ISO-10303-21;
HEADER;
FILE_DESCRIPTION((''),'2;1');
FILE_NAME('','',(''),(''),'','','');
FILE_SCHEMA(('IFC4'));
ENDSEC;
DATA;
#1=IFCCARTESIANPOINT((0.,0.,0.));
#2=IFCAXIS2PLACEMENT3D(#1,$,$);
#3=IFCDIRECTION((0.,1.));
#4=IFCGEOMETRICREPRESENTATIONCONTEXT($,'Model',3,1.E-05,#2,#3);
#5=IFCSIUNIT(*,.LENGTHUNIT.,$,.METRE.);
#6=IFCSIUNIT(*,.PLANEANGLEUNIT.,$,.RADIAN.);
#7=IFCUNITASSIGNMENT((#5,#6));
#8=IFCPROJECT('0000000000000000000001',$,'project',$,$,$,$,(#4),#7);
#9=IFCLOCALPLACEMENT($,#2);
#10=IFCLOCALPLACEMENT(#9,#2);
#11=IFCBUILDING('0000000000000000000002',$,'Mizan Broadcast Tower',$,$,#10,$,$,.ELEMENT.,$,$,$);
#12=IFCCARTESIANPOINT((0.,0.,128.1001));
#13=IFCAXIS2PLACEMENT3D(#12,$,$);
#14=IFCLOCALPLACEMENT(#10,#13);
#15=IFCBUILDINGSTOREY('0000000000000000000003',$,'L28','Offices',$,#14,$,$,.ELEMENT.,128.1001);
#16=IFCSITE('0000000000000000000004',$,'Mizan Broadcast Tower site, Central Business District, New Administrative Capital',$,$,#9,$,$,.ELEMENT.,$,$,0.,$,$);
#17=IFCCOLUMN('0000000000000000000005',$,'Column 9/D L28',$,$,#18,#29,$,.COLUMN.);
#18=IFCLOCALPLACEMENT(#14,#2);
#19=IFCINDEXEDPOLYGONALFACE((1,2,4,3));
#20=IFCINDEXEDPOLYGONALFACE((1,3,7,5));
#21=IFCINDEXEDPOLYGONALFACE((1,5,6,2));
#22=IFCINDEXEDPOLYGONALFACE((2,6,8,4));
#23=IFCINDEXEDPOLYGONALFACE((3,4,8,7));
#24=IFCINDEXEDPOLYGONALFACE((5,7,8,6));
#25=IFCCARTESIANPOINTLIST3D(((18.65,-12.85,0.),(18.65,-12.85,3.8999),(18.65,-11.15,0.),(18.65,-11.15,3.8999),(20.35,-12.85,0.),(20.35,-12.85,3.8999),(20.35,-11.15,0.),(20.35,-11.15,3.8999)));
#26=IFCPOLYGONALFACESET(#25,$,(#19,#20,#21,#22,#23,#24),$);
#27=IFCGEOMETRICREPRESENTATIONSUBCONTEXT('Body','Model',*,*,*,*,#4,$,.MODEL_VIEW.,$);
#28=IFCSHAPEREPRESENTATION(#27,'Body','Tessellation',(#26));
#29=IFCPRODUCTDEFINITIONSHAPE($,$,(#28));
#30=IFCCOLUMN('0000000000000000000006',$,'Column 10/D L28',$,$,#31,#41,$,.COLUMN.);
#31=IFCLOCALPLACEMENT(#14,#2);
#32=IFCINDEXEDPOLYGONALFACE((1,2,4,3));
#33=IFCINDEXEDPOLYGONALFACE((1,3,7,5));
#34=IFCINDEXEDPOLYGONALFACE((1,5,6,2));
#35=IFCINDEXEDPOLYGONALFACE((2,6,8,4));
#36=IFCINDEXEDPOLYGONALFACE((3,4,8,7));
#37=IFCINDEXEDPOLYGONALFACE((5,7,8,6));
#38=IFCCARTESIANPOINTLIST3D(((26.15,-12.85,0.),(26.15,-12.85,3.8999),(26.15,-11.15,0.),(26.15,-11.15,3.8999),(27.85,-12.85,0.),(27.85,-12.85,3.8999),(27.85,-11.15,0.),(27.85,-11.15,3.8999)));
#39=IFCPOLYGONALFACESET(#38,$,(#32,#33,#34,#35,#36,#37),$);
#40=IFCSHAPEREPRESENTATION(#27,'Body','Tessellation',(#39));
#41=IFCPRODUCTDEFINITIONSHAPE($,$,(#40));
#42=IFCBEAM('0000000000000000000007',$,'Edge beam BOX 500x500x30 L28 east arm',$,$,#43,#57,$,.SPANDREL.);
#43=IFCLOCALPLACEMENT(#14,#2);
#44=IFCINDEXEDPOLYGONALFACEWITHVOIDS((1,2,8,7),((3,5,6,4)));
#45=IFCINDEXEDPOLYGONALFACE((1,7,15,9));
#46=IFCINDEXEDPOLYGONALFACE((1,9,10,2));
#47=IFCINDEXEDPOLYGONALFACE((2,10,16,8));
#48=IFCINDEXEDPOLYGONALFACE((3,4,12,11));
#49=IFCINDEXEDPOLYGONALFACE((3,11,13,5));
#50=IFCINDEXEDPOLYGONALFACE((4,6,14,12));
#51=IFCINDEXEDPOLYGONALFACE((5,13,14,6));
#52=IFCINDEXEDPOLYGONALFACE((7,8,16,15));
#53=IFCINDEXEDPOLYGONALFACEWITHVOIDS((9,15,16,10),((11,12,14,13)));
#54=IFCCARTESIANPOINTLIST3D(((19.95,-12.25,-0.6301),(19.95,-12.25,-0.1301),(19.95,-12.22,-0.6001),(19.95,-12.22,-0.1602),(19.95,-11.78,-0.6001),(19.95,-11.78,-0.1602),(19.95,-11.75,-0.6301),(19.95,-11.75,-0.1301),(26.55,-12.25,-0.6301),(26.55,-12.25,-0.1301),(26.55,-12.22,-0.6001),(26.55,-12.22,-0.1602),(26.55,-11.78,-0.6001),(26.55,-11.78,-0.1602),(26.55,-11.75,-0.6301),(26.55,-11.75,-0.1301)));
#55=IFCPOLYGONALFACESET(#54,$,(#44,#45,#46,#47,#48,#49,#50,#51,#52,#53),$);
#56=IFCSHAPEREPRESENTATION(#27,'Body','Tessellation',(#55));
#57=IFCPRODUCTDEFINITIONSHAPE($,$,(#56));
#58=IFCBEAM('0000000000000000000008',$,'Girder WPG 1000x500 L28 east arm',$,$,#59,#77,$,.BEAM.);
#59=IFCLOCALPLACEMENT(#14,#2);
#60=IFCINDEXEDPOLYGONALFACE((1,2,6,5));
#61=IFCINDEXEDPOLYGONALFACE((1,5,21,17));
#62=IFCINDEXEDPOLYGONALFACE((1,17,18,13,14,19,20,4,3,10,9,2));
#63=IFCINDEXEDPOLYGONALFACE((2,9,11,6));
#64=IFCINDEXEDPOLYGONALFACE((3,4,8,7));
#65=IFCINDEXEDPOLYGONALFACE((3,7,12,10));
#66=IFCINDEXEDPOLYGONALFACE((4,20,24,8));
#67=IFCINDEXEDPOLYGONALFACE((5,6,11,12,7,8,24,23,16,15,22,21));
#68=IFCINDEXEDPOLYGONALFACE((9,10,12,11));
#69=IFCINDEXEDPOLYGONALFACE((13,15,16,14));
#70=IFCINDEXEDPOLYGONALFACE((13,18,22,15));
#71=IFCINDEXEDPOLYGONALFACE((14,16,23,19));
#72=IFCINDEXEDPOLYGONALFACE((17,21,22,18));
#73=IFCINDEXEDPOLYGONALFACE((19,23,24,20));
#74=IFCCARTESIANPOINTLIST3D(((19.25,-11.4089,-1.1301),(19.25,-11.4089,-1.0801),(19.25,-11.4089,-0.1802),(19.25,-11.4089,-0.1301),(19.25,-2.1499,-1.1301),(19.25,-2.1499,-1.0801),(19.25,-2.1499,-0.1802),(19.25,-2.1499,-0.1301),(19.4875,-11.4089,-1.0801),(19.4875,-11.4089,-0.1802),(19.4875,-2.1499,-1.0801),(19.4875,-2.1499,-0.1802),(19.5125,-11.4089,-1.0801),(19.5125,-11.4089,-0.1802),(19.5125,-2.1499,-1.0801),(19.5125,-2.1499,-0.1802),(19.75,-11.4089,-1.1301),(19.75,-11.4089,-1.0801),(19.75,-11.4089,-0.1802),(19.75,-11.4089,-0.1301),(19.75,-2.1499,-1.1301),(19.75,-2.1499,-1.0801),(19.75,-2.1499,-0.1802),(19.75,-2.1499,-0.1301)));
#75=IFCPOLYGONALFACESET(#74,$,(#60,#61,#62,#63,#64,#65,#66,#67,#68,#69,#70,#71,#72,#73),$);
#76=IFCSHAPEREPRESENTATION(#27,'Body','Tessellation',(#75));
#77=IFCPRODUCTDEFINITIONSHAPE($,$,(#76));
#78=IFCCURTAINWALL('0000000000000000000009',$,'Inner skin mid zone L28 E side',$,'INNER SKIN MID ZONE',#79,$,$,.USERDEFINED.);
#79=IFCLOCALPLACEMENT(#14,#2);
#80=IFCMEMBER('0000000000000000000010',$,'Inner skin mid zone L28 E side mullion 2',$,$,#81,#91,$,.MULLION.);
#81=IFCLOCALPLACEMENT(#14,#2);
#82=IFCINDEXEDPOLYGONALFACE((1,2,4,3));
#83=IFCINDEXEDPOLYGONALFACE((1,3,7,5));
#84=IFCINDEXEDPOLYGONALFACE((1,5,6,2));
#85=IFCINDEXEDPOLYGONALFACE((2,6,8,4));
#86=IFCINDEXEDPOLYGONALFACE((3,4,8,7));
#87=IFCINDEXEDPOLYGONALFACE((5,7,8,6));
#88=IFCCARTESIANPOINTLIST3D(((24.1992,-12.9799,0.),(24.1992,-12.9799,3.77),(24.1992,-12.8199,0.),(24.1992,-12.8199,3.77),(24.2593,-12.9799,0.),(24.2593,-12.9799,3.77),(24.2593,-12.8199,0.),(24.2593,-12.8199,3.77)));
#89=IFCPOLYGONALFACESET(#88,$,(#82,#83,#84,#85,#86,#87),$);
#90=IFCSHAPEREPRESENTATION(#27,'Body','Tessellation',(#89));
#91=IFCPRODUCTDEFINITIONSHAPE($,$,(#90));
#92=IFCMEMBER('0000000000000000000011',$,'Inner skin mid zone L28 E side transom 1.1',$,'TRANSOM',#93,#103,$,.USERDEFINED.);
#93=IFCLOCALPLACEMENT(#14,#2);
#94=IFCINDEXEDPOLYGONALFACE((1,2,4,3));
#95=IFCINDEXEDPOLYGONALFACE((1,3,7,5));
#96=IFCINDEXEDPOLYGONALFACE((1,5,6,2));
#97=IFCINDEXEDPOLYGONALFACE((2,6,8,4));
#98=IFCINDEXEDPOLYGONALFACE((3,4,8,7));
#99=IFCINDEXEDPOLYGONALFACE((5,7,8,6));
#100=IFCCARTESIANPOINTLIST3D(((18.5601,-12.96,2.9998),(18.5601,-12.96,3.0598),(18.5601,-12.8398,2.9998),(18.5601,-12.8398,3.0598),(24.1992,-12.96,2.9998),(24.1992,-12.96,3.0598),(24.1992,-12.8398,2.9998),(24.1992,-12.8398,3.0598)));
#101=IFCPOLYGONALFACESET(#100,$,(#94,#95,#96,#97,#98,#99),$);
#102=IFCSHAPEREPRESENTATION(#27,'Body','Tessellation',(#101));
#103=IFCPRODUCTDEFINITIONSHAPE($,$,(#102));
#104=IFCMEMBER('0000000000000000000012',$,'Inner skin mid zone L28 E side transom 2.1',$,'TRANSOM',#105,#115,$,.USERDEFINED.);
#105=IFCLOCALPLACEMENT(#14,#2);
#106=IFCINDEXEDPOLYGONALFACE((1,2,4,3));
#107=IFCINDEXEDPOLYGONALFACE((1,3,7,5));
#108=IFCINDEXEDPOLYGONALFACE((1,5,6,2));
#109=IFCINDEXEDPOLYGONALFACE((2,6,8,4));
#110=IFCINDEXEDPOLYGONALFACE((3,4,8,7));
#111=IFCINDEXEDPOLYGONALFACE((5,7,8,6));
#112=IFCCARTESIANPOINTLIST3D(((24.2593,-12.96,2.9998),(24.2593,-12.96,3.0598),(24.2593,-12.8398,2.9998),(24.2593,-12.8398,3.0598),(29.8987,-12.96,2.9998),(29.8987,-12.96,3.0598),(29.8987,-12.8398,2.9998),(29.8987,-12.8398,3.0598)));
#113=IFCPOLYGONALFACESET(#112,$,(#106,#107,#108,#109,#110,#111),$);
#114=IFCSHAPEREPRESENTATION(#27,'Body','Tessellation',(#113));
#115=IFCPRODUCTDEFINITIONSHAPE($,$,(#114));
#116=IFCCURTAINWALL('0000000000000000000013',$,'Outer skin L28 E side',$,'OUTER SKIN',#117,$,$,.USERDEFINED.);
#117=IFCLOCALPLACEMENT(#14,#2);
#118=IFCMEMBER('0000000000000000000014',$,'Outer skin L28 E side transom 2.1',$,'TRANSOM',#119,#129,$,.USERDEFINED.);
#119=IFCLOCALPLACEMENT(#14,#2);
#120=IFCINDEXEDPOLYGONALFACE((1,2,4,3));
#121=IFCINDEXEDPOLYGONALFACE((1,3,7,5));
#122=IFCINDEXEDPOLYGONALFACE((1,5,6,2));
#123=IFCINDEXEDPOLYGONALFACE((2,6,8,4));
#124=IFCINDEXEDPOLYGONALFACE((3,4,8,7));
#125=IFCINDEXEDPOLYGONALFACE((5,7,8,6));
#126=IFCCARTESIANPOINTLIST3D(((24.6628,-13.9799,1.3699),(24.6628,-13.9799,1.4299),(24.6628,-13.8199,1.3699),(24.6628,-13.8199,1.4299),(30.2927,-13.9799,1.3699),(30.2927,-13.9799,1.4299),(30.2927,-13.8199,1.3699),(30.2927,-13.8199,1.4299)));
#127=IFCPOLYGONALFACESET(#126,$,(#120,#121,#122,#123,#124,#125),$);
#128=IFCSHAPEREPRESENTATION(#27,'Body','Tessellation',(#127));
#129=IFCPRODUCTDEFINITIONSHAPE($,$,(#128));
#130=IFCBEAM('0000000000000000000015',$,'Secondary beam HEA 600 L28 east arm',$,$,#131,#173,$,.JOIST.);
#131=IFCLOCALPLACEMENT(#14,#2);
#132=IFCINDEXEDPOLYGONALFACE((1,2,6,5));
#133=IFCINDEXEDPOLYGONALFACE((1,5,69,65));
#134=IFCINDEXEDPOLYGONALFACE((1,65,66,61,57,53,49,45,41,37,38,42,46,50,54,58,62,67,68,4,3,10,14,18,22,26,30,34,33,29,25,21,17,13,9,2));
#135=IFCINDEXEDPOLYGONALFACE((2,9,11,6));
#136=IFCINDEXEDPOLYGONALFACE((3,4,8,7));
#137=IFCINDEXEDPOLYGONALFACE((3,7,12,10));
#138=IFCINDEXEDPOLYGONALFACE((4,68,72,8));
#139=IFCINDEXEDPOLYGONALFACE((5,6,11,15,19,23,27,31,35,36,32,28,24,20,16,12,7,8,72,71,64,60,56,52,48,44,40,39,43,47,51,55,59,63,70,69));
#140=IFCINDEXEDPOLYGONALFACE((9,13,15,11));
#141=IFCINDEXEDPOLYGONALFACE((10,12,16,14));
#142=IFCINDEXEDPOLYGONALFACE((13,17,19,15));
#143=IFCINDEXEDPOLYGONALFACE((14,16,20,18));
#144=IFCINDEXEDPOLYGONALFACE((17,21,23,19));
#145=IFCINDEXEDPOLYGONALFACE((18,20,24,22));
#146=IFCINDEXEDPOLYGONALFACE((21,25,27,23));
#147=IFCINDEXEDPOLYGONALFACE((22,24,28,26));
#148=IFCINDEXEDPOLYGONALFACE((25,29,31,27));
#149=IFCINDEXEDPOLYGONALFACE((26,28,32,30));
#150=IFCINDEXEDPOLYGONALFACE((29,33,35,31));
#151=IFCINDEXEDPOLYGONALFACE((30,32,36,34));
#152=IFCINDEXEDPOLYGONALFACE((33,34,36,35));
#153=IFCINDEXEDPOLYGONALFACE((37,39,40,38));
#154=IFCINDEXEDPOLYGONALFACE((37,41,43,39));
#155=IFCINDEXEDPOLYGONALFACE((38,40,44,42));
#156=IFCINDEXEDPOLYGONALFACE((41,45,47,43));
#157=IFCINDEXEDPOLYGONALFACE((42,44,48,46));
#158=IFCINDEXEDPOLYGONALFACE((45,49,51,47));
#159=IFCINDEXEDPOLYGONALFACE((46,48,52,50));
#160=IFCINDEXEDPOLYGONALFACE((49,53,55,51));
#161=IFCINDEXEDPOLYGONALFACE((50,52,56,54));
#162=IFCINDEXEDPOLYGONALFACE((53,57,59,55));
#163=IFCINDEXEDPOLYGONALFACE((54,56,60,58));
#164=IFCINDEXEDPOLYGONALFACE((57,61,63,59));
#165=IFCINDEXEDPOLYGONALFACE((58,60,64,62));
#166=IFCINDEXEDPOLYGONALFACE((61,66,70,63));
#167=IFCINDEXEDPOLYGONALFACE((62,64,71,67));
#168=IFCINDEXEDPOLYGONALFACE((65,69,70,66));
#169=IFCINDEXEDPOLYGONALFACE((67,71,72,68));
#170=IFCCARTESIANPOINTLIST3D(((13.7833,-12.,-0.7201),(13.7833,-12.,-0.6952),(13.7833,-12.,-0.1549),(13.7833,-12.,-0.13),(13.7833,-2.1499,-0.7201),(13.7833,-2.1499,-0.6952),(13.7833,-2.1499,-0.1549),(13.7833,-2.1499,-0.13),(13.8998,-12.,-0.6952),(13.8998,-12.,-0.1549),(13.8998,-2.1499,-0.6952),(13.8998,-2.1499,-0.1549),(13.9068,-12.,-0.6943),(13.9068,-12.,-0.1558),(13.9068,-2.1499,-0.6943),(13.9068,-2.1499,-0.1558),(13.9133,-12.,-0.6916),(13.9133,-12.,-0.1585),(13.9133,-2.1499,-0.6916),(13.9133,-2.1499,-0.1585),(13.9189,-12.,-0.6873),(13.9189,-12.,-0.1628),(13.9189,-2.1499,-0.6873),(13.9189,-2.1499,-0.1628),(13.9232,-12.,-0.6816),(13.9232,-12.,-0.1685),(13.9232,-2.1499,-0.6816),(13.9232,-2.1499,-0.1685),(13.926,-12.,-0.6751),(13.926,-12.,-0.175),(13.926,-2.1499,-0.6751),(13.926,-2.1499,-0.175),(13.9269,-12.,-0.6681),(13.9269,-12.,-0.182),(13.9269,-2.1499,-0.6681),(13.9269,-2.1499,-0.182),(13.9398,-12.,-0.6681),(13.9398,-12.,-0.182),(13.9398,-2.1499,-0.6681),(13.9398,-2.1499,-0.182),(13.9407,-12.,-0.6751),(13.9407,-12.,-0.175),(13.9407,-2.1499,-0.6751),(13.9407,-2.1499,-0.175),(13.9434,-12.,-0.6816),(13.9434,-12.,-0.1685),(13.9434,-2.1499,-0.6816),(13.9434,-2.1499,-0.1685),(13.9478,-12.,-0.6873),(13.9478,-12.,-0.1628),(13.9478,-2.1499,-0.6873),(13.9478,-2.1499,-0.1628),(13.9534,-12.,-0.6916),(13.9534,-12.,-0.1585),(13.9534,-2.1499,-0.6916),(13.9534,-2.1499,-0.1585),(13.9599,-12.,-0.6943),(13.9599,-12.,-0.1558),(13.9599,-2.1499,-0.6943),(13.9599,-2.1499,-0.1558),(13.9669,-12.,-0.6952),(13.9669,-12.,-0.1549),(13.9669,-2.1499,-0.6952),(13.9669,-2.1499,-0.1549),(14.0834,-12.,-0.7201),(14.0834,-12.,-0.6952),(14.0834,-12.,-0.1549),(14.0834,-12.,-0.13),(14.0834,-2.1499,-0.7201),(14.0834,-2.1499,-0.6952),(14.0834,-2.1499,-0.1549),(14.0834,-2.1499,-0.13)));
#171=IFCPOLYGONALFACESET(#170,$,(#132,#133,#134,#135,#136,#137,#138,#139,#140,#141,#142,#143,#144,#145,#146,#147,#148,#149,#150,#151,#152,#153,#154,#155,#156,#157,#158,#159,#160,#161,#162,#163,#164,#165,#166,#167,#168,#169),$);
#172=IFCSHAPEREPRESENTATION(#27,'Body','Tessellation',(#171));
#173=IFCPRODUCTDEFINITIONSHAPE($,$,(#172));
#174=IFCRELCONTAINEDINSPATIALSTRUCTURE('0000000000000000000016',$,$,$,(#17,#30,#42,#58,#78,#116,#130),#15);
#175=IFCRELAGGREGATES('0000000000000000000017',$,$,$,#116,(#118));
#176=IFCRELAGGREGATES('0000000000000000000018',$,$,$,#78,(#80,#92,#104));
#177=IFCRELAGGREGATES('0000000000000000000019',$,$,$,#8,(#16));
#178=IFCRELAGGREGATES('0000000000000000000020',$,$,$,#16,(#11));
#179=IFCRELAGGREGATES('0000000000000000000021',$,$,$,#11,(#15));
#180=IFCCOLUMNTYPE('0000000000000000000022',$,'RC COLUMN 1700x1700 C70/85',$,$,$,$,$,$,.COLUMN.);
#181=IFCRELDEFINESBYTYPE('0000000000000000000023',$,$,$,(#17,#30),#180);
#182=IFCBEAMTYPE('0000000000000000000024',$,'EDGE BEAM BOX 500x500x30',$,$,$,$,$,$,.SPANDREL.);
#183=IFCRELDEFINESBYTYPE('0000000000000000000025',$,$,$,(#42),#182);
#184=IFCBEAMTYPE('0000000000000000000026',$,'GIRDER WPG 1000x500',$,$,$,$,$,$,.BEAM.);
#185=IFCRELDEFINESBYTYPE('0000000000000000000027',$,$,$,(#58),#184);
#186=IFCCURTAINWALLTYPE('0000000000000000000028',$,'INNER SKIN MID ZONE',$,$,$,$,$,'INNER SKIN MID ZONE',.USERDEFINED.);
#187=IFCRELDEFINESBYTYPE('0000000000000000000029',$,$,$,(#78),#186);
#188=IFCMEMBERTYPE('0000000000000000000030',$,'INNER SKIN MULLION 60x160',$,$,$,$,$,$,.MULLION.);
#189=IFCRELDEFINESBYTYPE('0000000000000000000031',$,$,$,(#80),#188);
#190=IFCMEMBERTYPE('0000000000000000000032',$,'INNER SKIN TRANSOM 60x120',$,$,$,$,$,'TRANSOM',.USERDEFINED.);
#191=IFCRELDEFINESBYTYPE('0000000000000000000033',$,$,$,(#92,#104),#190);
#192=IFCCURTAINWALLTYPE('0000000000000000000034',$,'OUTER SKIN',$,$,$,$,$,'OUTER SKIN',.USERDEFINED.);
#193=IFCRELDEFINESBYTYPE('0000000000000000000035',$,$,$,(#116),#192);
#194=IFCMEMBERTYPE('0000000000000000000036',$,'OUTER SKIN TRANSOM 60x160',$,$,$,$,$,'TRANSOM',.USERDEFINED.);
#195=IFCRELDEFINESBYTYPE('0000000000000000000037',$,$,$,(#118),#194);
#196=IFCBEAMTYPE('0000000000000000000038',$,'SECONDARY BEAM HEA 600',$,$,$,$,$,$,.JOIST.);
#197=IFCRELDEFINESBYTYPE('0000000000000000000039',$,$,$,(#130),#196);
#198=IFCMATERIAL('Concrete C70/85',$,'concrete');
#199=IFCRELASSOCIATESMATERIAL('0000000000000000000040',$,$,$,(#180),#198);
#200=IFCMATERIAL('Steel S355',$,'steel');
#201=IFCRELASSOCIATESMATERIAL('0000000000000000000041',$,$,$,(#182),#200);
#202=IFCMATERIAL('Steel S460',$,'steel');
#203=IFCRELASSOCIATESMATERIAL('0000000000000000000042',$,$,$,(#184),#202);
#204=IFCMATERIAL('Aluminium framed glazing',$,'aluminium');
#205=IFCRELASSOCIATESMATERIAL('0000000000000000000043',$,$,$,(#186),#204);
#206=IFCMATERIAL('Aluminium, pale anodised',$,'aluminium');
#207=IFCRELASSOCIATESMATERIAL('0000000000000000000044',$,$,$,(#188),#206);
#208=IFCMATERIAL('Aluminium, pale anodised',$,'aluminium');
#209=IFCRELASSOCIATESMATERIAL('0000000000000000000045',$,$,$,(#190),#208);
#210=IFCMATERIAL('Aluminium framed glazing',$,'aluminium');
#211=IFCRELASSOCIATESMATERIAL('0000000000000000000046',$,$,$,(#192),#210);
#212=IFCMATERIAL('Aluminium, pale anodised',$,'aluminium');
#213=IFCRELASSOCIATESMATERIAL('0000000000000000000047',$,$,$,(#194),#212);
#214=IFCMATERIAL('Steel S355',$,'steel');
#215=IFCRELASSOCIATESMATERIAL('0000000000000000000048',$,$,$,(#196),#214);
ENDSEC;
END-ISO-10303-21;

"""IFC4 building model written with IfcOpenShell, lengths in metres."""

from ifc_helpers import new_model, si_unit, direction, frame, origin, origin_2d, place, context, subcontext, project, spatial, rectangle, hollow_rectangle, i_section, extrude, material, material_profile, profile_set, type_object, element, aggregate, save


model = new_model("IFC4")

# Units and contexts
model_context = context("Model", 3, precision=1e-05, world=origin(), true_north=direction((0.0, 1.0)))
body_context = subcontext(model_context, "Body", "Model", "MODEL_VIEW")
ifc_project = project(units=[si_unit("LENGTHUNIT", "METRE"), si_unit("PLANEANGLEUNIT", "RADIAN")], contexts=[model_context])

# Site, building, storey
site_placement = place(None, origin())
site = spatial("IfcSite", under=ifc_project, at=site_placement, Name="Mizan Broadcast Tower site, Central Business District, New Administrative Capital", CompositionType="ELEMENT", RefElevation=0.0)
building_placement = place(site_placement, origin())
building = spatial("IfcBuilding", under=site, at=building_placement, Name="Mizan Broadcast Tower", CompositionType="ELEMENT")
storey_placement = place(building_placement, frame((0.0, 0.0, 128.1001)))
storey = spatial("IfcBuildingStorey", under=building, at=storey_placement, Name="L28", Description="Offices", CompositionType="ELEMENT", Elevation=128.1001)

# Columns
ifc_material_1 = material(Name="Concrete C70/85", Category="concrete")
ifc_material_profile_1 = material_profile(ifc_material_1, rectangle(XDim=1.7, YDim=1.7, at=origin_2d()), Name="RC 1700x1700")
ifc_profile_set_1 = profile_set([ifc_material_profile_1], Name="Concrete C70/85")
column_type = type_object("IfcColumnType", Name="RC COLUMN 1700x1700 C70/85", PredefinedType="COLUMN", material=ifc_profile_set_1)
for number, where, z_axis, x_axis, name in (
    (1, (19.5, -12.0, 0.0), (0.0, 0.0, 1.0), (1.0, 0.0, 0.0), "Column 9/D L28"),
    (2, (27.0, -12.0, 0.0), (0.0, 0.0, 1.0), (1.0, 0.0, 0.0), "Column 10/D L28"),
):
    element("IfcColumn", number, at=place(storey_placement, frame(where, z_axis=z_axis, x_axis=x_axis)), inside=storey, type_object=column_type, Name=name, PredefinedType="COLUMN", context=body_context, shape_type="SweptSolid", body=[
        extrude(rectangle(XDim=1.7, YDim=1.7, at=origin_2d()), origin(), (0.0, 0.0, 1.0), 3.8999),
    ])

# Beams
ifc_material_2 = material(Name="Steel S355", Category="steel")
ifc_material_profile_2 = material_profile(ifc_material_2, hollow_rectangle(XDim=0.5, YDim=0.5, WallThickness=0.03, at=origin_2d()), Name="BOX 500x500x30")
ifc_profile_set_2 = profile_set([ifc_material_profile_2], Name="Steel S355")
beam_type_1 = type_object("IfcBeamType", Name="EDGE BEAM BOX 500x500x30", PredefinedType="SPANDREL", material=ifc_profile_set_2)
beam_1_placement = place(storey_placement, frame((19.95, -12.0, -0.3801), z_axis=(1.0, 0.0, 0.0), x_axis=(0.0, 1.0, 0.0)))
element("IfcBeam", 3, at=beam_1_placement, inside=storey, type_object=beam_type_1, Name="Edge beam BOX 500x500x30 L28 east arm", PredefinedType="SPANDREL", context=body_context, shape_type="SweptSolid", body=[
    extrude(hollow_rectangle(XDim=0.5, YDim=0.5, WallThickness=0.03, at=origin_2d()), origin(), (0.0, 0.0, 1.0), 6.6001),
])
ifc_material_3 = material(Name="Steel S460", Category="steel")
ifc_material_profile_3 = material_profile(ifc_material_3, i_section(OverallWidth=0.5, OverallDepth=1.0, WebThickness=0.0249, FlangeThickness=0.05, at=origin_2d()), Name="WPG 1000x500")
ifc_profile_set_3 = profile_set([ifc_material_profile_3], Name="Steel S460")
beam_type_2 = type_object("IfcBeamType", Name="GIRDER WPG 1000x500", PredefinedType="BEAM", material=ifc_profile_set_3)
beam_2_placement = place(storey_placement, frame((19.5, -11.4089, -0.6301), z_axis=(0.0, 1.0, 0.0), x_axis=(-1.0, 0.0, 0.0)))
element("IfcBeam", 4, at=beam_2_placement, inside=storey, type_object=beam_type_2, Name="Girder WPG 1000x500 L28 east arm", PredefinedType="BEAM", context=body_context, shape_type="SweptSolid", body=[
    extrude(i_section(OverallWidth=0.5, OverallDepth=1.0, WebThickness=0.0249, FlangeThickness=0.05, at=origin_2d()), origin(), (0.0, 0.0, 1.0), 9.259),
])

# Curtain wall, members
ifc_material_4 = material(Name="Aluminium framed glazing", Category="aluminium")
curtain_wall_type_1 = type_object("IfcCurtainWallType", Name="INNER SKIN MID ZONE", ElementType="INNER SKIN MID ZONE", PredefinedType="USERDEFINED", material=ifc_material_4)
curtain_wall_1_placement = place(storey_placement, origin())
curtain_wall_1 = element("IfcCurtainWall", 5, at=curtain_wall_1_placement, inside=storey, type_object=curtain_wall_type_1, Name="Inner skin mid zone L28 E side", ObjectType="INNER SKIN MID ZONE", PredefinedType="USERDEFINED")
ifc_material_5 = material(Name="Aluminium, pale anodised", Category="aluminium")
ifc_material_profile_4 = material_profile(ifc_material_5, rectangle(XDim=0.1599, YDim=0.0601, at=origin_2d()), Name="MULLION 160x60")
ifc_profile_set_4 = profile_set([ifc_material_profile_4], Name="Aluminium, pale anodised")
member_type_1 = type_object("IfcMemberType", Name="INNER SKIN MULLION 60x160", PredefinedType="MULLION", material=ifc_profile_set_4)
member_1_placement = place(storey_placement, frame((24.2292, -12.8999, 0.0), z_axis=(0.0, 0.0, 1.0), x_axis=(0.0, 1.0, 0.0)))
member_1 = element("IfcMember", 6, at=member_1_placement, type_object=member_type_1, Name="Inner skin mid zone L28 E side mullion 2", PredefinedType="MULLION", context=body_context, shape_type="SweptSolid", body=[
    extrude(rectangle(XDim=0.1599, YDim=0.0601, at=origin_2d()), origin(), (0.0, 0.0, 1.0), 3.77),
])
ifc_material_6 = material(Name="Aluminium, pale anodised", Category="aluminium")
ifc_material_profile_5 = material_profile(ifc_material_6, rectangle(XDim=0.1201, YDim=0.0601, at=origin_2d()), Name="TRANSOM 120x60")
ifc_profile_set_5 = profile_set([ifc_material_profile_5], Name="Aluminium, pale anodised")
member_type_2 = type_object("IfcMemberType", Name="INNER SKIN TRANSOM 60x120", ElementType="TRANSOM", PredefinedType="USERDEFINED", material=ifc_profile_set_5)
member_2_placement = place(storey_placement, frame((18.5601, -12.8999, 3.0298), z_axis=(1.0, 0.0, 0.0), x_axis=(0.0, 1.0, 0.0)))
member_2 = element("IfcMember", 7, at=member_2_placement, type_object=member_type_2, Name="Inner skin mid zone L28 E side transom 1.1", ObjectType="TRANSOM", PredefinedType="USERDEFINED", context=body_context, shape_type="SweptSolid", body=[
    extrude(rectangle(XDim=0.1201, YDim=0.0601, at=origin_2d()), origin(), (0.0, 0.0, 1.0), 5.6392),
])
member_3_placement = place(storey_placement, frame((24.2593, -12.8999, 3.0298), z_axis=(1.0, 0.0, 0.0), x_axis=(0.0, 1.0, 0.0)))
member_3 = element("IfcMember", 8, at=member_3_placement, type_object=member_type_2, Name="Inner skin mid zone L28 E side transom 2.1", ObjectType="TRANSOM", PredefinedType="USERDEFINED", context=body_context, shape_type="SweptSolid", body=[
    extrude(rectangle(XDim=0.1201, YDim=0.0601, at=origin_2d()), origin(), (0.0, 0.0, 1.0), 5.6394),
])

# Curtain wall, member
ifc_material_7 = material(Name="Aluminium framed glazing", Category="aluminium")
curtain_wall_type_2 = type_object("IfcCurtainWallType", Name="OUTER SKIN", ElementType="OUTER SKIN", PredefinedType="USERDEFINED", material=ifc_material_7)
curtain_wall_2_placement = place(storey_placement, origin())
curtain_wall_2 = element("IfcCurtainWall", 9, at=curtain_wall_2_placement, inside=storey, type_object=curtain_wall_type_2, Name="Outer skin L28 E side", ObjectType="OUTER SKIN", PredefinedType="USERDEFINED")
ifc_material_8 = material(Name="Aluminium, pale anodised", Category="aluminium")
ifc_material_profile_6 = material_profile(ifc_material_8, rectangle(XDim=0.1599, YDim=0.0601, at=origin_2d()), Name="TRANSOM 160x60")
ifc_profile_set_6 = profile_set([ifc_material_profile_6], Name="Aluminium, pale anodised")
member_type_3 = type_object("IfcMemberType", Name="OUTER SKIN TRANSOM 60x160", ElementType="TRANSOM", PredefinedType="USERDEFINED", material=ifc_profile_set_6)
member_4_placement = place(storey_placement, frame((24.6628, -13.8999, 1.3999), z_axis=(1.0, 0.0, 0.0), x_axis=(0.0, 1.0, 0.0)))
member_4 = element("IfcMember", 10, at=member_4_placement, type_object=member_type_3, Name="Outer skin L28 E side transom 2.1", ObjectType="TRANSOM", PredefinedType="USERDEFINED", context=body_context, shape_type="SweptSolid", body=[
    extrude(rectangle(XDim=0.1599, YDim=0.0601, at=origin_2d()), origin(), (0.0, 0.0, 1.0), 5.6299),
])
aggregate(curtain_wall_2, [member_4])

# Beam
ifc_material_9 = material(Name="Steel S355", Category="steel")
ifc_material_profile_7 = material_profile(ifc_material_9, i_section(OverallWidth=0.3, OverallDepth=0.5901, WebThickness=0.0129, FlangeThickness=0.0249, FilletRadius=0.0271, at=origin_2d()), Name="HEA 600")
ifc_profile_set_7 = profile_set([ifc_material_profile_7], Name="Steel S355")
beam_type_3 = type_object("IfcBeamType", Name="SECONDARY BEAM HEA 600", PredefinedType="JOIST", material=ifc_profile_set_7)
for number, where, z_axis, x_axis, name in (
    (11, (13.9333, -12.0, -0.425), (0.0, 1.0, 0.0), (-1.0, 0.0, 0.0), "Secondary beam HEA 600 L28 east arm"),
):
    element("IfcBeam", number, at=place(storey_placement, frame(where, z_axis=z_axis, x_axis=x_axis)), inside=storey, type_object=beam_type_3, Name=name, PredefinedType="JOIST", context=body_context, shape_type="SweptSolid", body=[
        extrude(i_section(OverallWidth=0.3, OverallDepth=0.5901, WebThickness=0.0129, FlangeThickness=0.0249, FilletRadius=0.0271, at=origin_2d()), origin(), (0.0, 0.0, 1.0), 9.8501),
    ])

aggregate(curtain_wall_1, [member_1, member_2, member_3])

save(model, "model.ifc")
